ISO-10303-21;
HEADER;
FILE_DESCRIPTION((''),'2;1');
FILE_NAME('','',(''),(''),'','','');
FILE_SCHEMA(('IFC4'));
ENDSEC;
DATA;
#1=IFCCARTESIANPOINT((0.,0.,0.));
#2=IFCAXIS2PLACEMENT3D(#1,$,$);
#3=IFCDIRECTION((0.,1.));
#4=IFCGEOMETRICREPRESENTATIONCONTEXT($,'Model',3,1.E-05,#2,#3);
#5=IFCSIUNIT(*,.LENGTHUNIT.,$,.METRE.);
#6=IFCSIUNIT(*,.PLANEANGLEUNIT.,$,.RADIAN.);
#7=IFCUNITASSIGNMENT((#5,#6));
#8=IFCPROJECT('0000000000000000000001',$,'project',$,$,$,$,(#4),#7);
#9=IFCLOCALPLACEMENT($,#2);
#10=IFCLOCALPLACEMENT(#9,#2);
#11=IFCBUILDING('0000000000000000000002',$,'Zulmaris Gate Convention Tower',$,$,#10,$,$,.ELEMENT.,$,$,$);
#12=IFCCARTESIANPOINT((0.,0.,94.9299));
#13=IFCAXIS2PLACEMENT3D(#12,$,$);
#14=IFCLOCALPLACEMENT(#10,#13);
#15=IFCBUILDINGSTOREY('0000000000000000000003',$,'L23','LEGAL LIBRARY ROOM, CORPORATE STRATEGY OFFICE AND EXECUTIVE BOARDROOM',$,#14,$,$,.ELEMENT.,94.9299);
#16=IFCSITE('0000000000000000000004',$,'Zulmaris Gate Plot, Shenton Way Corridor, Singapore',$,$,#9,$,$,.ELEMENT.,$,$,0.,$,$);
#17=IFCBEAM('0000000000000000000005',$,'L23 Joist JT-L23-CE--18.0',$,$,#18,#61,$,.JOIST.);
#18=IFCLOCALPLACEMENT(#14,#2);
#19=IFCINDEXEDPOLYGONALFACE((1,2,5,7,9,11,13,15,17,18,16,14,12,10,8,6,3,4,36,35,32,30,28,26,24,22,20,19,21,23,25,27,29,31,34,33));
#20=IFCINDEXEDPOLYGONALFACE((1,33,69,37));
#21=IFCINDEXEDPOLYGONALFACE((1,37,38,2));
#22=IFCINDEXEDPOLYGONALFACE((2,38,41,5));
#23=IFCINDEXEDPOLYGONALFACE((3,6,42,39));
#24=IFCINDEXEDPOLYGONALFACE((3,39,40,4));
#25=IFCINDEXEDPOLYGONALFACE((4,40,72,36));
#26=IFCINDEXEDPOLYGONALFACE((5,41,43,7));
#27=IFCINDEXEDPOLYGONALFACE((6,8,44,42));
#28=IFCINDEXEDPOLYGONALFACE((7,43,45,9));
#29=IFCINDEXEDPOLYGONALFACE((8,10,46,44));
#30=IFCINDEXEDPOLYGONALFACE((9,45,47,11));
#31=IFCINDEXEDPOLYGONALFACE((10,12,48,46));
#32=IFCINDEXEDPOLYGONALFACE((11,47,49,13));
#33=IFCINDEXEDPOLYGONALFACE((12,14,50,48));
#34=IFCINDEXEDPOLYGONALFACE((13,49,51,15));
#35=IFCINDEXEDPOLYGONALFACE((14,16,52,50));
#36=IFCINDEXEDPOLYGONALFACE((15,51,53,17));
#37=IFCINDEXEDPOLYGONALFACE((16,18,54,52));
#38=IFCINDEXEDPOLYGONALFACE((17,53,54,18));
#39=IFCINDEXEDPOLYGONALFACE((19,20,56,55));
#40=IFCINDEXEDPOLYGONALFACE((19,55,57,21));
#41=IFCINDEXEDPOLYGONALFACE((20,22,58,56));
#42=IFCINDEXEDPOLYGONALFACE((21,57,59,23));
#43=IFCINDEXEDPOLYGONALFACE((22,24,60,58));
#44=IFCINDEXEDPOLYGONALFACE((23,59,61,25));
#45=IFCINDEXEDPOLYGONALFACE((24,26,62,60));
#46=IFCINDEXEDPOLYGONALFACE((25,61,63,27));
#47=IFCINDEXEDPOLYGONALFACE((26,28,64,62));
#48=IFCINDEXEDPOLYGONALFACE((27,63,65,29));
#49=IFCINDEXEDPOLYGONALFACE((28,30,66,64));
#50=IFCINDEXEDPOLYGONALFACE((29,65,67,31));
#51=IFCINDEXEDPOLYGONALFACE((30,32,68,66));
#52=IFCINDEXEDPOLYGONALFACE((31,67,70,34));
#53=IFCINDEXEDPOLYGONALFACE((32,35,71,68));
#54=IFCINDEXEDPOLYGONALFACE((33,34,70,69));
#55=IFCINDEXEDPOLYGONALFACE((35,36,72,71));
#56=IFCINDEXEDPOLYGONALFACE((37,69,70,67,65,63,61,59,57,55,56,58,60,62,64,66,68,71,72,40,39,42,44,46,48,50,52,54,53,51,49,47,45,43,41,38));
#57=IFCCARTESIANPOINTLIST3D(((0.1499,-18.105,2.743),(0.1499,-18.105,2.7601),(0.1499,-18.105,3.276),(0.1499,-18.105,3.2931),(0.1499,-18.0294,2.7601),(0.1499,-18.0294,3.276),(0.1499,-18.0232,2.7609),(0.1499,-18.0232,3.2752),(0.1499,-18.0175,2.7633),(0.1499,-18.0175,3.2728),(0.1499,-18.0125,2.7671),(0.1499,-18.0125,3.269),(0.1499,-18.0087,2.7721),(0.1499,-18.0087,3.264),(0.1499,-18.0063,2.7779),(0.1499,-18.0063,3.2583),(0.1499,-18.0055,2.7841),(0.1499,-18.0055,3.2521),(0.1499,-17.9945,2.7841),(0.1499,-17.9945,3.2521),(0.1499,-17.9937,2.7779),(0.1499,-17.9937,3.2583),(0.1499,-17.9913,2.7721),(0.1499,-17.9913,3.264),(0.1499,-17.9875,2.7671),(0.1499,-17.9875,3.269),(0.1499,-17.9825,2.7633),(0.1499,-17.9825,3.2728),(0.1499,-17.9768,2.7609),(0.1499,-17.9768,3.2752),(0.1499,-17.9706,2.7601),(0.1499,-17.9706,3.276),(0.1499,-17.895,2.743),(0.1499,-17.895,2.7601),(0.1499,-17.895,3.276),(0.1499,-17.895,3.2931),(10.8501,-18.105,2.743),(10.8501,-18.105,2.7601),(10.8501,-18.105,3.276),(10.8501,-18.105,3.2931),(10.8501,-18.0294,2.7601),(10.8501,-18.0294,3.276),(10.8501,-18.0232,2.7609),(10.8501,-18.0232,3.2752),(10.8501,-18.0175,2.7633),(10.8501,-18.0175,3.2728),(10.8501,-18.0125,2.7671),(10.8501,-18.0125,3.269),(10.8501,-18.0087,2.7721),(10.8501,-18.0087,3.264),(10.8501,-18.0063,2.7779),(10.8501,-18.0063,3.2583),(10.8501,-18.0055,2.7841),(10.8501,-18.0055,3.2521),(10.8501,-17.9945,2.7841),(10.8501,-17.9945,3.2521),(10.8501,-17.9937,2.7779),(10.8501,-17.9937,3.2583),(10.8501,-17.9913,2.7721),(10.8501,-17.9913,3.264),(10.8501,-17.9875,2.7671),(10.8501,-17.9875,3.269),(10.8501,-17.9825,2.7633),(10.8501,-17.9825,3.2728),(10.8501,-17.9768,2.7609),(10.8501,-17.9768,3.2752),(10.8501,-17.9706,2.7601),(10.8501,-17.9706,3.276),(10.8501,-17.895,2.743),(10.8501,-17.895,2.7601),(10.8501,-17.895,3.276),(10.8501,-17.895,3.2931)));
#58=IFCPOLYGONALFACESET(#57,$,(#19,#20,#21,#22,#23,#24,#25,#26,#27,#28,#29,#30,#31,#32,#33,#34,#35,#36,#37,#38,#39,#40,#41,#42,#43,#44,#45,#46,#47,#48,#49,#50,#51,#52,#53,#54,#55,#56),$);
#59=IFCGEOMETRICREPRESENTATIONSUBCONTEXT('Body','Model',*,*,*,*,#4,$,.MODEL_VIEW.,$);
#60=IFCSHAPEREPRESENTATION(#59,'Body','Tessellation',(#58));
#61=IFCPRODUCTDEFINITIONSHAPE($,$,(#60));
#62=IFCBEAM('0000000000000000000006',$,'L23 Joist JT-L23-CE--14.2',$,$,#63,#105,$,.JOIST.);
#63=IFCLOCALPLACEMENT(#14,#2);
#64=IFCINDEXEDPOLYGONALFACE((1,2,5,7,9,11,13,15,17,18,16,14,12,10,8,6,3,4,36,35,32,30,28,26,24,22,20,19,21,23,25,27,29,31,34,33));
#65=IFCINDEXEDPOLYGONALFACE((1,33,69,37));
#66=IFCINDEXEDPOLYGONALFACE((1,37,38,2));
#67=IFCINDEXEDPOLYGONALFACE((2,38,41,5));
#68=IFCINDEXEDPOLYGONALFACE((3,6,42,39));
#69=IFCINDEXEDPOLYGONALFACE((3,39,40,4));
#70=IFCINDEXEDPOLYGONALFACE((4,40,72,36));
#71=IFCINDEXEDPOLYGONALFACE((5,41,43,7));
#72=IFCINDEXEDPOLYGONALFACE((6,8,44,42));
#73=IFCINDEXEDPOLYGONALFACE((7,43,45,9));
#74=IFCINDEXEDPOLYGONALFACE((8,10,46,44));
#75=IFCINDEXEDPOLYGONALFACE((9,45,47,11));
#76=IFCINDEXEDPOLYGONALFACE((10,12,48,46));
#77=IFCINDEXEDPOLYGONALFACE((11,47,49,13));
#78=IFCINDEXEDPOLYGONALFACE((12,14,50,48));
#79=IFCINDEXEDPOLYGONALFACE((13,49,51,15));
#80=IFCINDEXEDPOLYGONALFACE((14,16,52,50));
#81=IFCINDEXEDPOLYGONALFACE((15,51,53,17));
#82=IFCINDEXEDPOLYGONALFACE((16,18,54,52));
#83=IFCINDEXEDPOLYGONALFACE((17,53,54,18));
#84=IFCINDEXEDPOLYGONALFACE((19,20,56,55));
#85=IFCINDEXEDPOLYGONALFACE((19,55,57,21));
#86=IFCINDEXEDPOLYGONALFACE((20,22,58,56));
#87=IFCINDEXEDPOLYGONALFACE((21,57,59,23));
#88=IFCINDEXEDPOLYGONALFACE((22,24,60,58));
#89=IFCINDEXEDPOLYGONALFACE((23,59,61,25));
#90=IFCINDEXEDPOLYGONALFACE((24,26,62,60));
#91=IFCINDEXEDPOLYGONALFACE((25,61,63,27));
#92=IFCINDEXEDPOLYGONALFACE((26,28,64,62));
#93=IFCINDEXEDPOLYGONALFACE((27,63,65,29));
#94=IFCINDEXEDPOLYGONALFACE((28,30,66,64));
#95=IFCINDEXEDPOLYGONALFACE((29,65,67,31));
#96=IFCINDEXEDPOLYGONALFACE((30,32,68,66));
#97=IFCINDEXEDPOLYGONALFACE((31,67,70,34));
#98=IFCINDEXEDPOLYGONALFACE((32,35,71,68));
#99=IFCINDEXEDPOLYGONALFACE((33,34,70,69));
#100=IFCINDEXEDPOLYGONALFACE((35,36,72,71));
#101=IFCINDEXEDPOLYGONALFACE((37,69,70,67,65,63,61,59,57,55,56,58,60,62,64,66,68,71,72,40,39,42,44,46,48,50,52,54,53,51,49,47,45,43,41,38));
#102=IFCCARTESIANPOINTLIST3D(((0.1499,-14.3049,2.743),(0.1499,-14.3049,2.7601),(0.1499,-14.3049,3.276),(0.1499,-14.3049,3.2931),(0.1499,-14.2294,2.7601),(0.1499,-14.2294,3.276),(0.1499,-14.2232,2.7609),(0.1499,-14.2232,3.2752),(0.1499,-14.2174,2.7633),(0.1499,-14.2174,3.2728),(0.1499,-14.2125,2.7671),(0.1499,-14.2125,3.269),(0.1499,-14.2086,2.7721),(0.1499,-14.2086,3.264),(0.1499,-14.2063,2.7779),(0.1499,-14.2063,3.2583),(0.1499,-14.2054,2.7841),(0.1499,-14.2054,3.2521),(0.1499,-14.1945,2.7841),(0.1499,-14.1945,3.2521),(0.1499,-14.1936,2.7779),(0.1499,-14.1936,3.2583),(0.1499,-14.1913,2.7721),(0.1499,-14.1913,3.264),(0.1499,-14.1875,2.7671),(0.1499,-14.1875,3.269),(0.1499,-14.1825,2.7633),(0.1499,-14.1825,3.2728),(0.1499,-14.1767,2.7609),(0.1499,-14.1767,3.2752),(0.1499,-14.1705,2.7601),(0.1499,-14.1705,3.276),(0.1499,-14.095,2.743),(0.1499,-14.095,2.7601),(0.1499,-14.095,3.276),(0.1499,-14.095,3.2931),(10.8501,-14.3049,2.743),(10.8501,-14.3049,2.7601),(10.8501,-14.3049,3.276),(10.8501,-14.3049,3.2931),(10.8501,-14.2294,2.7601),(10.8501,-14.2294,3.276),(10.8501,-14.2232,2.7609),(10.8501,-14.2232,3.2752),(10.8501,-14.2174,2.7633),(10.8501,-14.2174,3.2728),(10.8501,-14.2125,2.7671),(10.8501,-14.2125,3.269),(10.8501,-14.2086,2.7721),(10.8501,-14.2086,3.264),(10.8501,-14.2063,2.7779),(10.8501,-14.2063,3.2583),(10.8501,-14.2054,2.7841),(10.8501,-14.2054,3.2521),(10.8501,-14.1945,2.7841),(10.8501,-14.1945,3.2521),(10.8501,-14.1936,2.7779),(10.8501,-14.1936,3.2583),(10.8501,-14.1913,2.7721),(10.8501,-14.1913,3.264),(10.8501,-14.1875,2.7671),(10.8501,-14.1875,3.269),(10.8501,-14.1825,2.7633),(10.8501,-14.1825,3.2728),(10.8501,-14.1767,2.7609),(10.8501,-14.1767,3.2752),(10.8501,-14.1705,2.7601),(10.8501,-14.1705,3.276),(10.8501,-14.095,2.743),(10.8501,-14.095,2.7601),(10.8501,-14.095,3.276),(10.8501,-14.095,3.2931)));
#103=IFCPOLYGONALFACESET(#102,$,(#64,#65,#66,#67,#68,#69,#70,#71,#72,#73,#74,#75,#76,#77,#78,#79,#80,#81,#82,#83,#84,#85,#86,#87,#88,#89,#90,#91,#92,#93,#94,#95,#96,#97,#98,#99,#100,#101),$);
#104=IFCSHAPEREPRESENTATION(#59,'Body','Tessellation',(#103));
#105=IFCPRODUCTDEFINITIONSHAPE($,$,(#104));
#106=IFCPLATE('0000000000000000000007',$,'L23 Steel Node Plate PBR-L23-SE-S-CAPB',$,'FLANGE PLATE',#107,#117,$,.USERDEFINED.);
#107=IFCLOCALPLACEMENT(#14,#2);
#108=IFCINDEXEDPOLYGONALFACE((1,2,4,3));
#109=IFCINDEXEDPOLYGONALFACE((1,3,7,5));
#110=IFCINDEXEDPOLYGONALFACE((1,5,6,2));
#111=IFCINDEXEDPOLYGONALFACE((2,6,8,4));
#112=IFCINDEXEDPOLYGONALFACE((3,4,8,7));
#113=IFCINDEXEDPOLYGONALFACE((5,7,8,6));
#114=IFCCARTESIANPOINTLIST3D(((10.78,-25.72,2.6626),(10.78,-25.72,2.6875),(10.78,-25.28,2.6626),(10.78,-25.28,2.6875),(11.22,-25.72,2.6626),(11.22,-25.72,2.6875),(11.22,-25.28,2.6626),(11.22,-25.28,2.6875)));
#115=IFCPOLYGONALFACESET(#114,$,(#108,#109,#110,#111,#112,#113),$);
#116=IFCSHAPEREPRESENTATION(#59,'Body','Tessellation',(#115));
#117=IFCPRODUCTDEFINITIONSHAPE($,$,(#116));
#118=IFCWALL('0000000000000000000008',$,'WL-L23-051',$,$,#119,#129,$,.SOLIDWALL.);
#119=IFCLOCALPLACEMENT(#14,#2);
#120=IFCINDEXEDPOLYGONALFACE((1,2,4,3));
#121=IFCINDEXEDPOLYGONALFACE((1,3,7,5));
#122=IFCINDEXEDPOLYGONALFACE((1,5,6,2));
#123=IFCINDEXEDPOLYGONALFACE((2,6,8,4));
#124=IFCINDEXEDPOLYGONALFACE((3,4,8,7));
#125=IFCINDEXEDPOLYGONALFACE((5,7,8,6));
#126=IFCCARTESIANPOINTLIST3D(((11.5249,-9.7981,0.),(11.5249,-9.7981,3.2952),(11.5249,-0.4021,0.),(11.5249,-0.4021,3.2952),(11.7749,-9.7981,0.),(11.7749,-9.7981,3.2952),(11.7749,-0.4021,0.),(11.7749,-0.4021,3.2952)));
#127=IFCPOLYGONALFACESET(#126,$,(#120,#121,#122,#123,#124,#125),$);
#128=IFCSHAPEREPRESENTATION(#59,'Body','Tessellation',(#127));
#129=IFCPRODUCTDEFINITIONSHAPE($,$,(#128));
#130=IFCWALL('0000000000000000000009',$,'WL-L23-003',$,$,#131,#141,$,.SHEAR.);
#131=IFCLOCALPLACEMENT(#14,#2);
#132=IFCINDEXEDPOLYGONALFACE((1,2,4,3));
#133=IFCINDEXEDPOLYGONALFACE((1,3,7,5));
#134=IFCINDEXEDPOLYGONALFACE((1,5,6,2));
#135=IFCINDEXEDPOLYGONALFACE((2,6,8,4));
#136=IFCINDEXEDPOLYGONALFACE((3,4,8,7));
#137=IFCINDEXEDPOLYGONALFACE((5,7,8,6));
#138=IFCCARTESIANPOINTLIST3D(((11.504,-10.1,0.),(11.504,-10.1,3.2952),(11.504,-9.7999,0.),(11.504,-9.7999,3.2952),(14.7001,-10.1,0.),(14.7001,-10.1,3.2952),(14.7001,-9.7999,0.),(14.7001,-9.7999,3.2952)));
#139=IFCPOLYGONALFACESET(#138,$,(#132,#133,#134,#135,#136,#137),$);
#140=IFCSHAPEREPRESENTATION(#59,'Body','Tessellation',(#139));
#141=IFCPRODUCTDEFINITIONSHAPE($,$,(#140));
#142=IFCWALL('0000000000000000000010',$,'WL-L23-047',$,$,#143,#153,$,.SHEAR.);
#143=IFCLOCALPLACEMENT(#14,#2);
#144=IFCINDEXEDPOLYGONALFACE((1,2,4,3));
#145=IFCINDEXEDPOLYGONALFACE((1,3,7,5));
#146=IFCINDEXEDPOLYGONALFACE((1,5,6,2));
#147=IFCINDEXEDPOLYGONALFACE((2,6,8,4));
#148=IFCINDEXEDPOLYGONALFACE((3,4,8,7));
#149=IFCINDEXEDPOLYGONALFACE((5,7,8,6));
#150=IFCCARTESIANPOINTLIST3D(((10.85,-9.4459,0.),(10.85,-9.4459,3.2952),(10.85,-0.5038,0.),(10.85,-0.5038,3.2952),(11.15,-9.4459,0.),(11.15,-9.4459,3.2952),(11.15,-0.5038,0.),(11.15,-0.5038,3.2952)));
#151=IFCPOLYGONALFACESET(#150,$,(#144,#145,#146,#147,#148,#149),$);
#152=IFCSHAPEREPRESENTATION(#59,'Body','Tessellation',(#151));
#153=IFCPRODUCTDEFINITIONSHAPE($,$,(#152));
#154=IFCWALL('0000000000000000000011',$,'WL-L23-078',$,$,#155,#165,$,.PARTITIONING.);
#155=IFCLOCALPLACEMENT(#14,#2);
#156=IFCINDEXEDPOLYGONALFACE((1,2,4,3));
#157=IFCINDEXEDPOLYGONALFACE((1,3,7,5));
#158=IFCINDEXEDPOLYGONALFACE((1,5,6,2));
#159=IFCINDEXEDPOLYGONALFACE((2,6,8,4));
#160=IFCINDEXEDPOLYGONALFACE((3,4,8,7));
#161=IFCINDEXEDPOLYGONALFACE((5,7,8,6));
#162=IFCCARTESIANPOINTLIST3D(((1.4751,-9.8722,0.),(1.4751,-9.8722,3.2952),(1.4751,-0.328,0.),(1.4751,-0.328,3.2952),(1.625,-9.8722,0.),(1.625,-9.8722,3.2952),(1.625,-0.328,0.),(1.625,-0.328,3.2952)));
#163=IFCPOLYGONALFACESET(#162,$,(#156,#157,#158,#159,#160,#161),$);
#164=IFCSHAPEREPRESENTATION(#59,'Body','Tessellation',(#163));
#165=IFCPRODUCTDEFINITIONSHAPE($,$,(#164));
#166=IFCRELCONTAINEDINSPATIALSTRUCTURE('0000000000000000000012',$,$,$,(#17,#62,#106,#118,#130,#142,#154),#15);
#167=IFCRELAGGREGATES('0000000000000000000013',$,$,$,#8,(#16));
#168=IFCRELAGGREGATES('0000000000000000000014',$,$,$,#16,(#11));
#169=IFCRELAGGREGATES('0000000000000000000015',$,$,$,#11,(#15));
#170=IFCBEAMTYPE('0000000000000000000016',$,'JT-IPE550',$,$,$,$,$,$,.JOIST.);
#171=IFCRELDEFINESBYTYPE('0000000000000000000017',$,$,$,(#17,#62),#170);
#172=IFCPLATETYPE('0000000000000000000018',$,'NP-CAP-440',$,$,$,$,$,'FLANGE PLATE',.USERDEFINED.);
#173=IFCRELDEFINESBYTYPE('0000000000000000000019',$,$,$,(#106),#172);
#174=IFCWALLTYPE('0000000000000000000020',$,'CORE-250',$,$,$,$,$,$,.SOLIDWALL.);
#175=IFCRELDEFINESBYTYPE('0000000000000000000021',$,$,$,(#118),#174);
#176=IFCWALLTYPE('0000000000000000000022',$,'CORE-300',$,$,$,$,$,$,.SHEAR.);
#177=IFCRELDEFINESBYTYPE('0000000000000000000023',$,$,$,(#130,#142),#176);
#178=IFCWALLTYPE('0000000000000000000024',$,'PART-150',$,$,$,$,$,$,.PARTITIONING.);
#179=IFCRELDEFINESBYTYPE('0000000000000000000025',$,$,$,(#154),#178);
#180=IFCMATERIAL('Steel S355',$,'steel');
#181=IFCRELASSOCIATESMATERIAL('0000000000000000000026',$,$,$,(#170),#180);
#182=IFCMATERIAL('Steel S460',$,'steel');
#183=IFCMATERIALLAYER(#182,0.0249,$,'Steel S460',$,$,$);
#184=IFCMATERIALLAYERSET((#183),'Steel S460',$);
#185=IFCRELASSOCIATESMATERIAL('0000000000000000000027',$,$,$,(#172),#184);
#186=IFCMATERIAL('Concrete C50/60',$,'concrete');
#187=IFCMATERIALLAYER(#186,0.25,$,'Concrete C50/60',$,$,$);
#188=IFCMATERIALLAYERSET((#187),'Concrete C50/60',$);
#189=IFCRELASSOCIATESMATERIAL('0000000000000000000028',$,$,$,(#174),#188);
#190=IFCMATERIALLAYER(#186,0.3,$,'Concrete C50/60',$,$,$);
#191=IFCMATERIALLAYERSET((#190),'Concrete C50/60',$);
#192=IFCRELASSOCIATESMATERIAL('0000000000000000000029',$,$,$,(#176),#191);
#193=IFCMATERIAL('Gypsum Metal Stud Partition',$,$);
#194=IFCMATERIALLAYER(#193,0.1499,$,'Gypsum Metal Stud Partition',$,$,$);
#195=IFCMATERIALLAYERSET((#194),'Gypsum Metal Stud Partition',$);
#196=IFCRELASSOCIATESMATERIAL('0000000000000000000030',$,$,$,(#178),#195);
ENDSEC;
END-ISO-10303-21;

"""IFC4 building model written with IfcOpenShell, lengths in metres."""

from ifc_helpers import new_model, si_unit, direction, frame, frame_2d, origin, origin_2d, place, context, subcontext, project, spatial, rectangle, i_section, extrude, material, layer, layer_set, material_profile, profile_set, type_object, element, save


model = new_model("IFC4")

# Units and contexts
model_context = context("Model", 3, precision=1e-05, world=origin(), true_north=direction((0.0, 1.0)))
body_context = subcontext(model_context, "Body", "Model", "MODEL_VIEW")
ifc_project = project(units=[si_unit("LENGTHUNIT", "METRE"), si_unit("PLANEANGLEUNIT", "RADIAN")], contexts=[model_context])

# Site, building, storey
site_placement = place(None, origin())
site = spatial("IfcSite", under=ifc_project, at=site_placement, Name="Zulmaris Gate Plot, Shenton Way Corridor, Singapore", CompositionType="ELEMENT", RefElevation=0.0)
building_placement = place(site_placement, origin())
building = spatial("IfcBuilding", under=site, at=building_placement, Name="Zulmaris Gate Convention Tower", CompositionType="ELEMENT")
storey_placement = place(building_placement, frame((0.0, 0.0, 94.9299)))
storey = spatial("IfcBuildingStorey", under=building, at=storey_placement, Name="L23", Description="LEGAL LIBRARY ROOM, CORPORATE STRATEGY OFFICE AND EXECUTIVE BOARDROOM", CompositionType="ELEMENT", Elevation=94.9299)

# Beams
ifc_material_1 = material(Name="Steel S355", Category="steel")
ifc_material_profile_1 = material_profile(ifc_material_1, i_section(OverallWidth=0.21, OverallDepth=0.55, WebThickness=0.011, FlangeThickness=0.0171, FilletRadius=0.0239, at=origin_2d()), Name="IPE 550")
ifc_profile_set_1 = profile_set([ifc_material_profile_1], Name="Steel S355")
beam_type_1 = type_object("IfcBeamType", Name="JT-IPE550", PredefinedType="JOIST", material=ifc_profile_set_1)
for number, where, z_axis, x_axis, name in (
    (1, (0.1499, -18.0, 3.0181), (1.0, 0.0, 0.0), (0.0, 1.0, 0.0), "L23 Joist JT-L23-CE--18.0"),
    (2, (0.1499, -14.2, 3.0181), (1.0, 0.0, 0.0), (0.0, 1.0, 0.0), "L23 Joist JT-L23-CE--14.2"),
):
    element("IfcBeam", number, at=place(storey_placement, frame(where, z_axis=z_axis, x_axis=x_axis)), inside=storey, type_object=beam_type_1, Name=name, PredefinedType="JOIST", context=body_context, shape_type="SweptSolid", body=[
        extrude(i_section(OverallWidth=0.21, OverallDepth=0.55, WebThickness=0.011, FlangeThickness=0.0171, FilletRadius=0.0239, at=origin_2d()), origin(), (0.0, 0.0, 1.0), 10.7002),
    ])

# Plate
ifc_material_2 = material(Name="Steel S460", Category="steel")
ifc_layer_1 = layer(ifc_material_2, 0.0249, Name="Steel S460")
ifc_layer_set_1 = layer_set([ifc_layer_1], Name="Steel S460")
plate_type = type_object("IfcPlateType", Name="NP-CAP-440", ElementType="FLANGE PLATE", PredefinedType="USERDEFINED", material=ifc_layer_set_1)
plate_placement = place(storey_placement, frame((11.0, -25.5, 2.6626), z_axis=(0.0, 0.0, 1.0), x_axis=(1.0, 0.0, 0.0)))
element("IfcPlate", 3, at=plate_placement, inside=storey, type_object=plate_type, Name="L23 Steel Node Plate PBR-L23-SE-S-CAPB", ObjectType="FLANGE PLATE", PredefinedType="USERDEFINED", context=body_context, shape_type="SweptSolid", body=[
    extrude(rectangle(XDim=0.4399, YDim=0.4399, at=origin_2d()), origin(), (0.0, 0.0, 1.0), 0.0249),
])

# Walls
ifc_material_3 = material(Name="Concrete C50/60", Category="concrete")
ifc_layer_2 = layer(ifc_material_3, 0.25, Name="Concrete C50/60")
ifc_layer_set_2 = layer_set([ifc_layer_2], Name="Concrete C50/60")
wall_type_1 = type_object("IfcWallType", Name="CORE-250", PredefinedType="SOLIDWALL", material=ifc_layer_set_2)
wall_1_placement = place(storey_placement, frame((11.6499, -9.7981, 0.0), z_axis=(0.0, 0.0, 1.0), x_axis=(0.0, 1.0, 0.0)))
element("IfcWall", 4, at=wall_1_placement, inside=storey, type_object=wall_type_1, Name="WL-L23-051", PredefinedType="SOLIDWALL", context=body_context, shape_type="SweptSolid", body=[
    extrude(rectangle(XDim=9.396, YDim=0.25, at=frame_2d((4.698, 0.0))), origin(), (0.0, 0.0, 1.0), 3.2952),
])
ifc_layer_3 = layer(ifc_material_3, 0.3, Name="Concrete C50/60")
ifc_layer_set_3 = layer_set([ifc_layer_3], Name="Concrete C50/60")
wall_type_2 = type_object("IfcWallType", Name="CORE-300", PredefinedType="SHEAR", material=ifc_layer_set_3)
wall_2_placement = place(storey_placement, frame((11.5039, -9.95, 0.0), z_axis=(0.0, 0.0, 1.0), x_axis=(1.0, 0.0, 0.0)))
element("IfcWall", 5, at=wall_2_placement, inside=storey, type_object=wall_type_2, Name="WL-L23-003", PredefinedType="SHEAR", context=body_context, shape_type="SweptSolid", body=[
    extrude(rectangle(XDim=3.196, YDim=0.3, at=frame_2d((1.5981, 0.0))), origin(), (0.0, 0.0, 1.0), 3.2952),
])
wall_3_placement = place(storey_placement, frame((11.0, -9.446, 0.0), z_axis=(0.0, 0.0, 1.0), x_axis=(0.0, 1.0, 0.0)))
element("IfcWall", 6, at=wall_3_placement, inside=storey, type_object=wall_type_2, Name="WL-L23-047", PredefinedType="SHEAR", context=body_context, shape_type="SweptSolid", body=[
    extrude(rectangle(XDim=8.9421, YDim=0.3, at=frame_2d((4.4712, 0.0))), origin(), (0.0, 0.0, 1.0), 3.2952),
])
ifc_material_4 = material(Name="Gypsum Metal Stud Partition")
ifc_layer_4 = layer(ifc_material_4, 0.1499, Name="Gypsum Metal Stud Partition")
ifc_layer_set_4 = layer_set([ifc_layer_4], Name="Gypsum Metal Stud Partition")
wall_type_3 = type_object("IfcWallType", Name="PART-150", PredefinedType="PARTITIONING", material=ifc_layer_set_4)
wall_4_placement = place(storey_placement, frame((1.55, -9.8721, 0.0), z_axis=(0.0, 0.0, 1.0), x_axis=(0.0, 1.0, 0.0)))
element("IfcWall", 7, at=wall_4_placement, inside=storey, type_object=wall_type_3, Name="WL-L23-078", PredefinedType="PARTITIONING", context=body_context, shape_type="SweptSolid", body=[
    extrude(rectangle(XDim=9.5442, YDim=0.1499, at=frame_2d((4.772, 0.0))), origin(), (0.0, 0.0, 1.0), 3.2952),
])

save(model, "model.ifc")
